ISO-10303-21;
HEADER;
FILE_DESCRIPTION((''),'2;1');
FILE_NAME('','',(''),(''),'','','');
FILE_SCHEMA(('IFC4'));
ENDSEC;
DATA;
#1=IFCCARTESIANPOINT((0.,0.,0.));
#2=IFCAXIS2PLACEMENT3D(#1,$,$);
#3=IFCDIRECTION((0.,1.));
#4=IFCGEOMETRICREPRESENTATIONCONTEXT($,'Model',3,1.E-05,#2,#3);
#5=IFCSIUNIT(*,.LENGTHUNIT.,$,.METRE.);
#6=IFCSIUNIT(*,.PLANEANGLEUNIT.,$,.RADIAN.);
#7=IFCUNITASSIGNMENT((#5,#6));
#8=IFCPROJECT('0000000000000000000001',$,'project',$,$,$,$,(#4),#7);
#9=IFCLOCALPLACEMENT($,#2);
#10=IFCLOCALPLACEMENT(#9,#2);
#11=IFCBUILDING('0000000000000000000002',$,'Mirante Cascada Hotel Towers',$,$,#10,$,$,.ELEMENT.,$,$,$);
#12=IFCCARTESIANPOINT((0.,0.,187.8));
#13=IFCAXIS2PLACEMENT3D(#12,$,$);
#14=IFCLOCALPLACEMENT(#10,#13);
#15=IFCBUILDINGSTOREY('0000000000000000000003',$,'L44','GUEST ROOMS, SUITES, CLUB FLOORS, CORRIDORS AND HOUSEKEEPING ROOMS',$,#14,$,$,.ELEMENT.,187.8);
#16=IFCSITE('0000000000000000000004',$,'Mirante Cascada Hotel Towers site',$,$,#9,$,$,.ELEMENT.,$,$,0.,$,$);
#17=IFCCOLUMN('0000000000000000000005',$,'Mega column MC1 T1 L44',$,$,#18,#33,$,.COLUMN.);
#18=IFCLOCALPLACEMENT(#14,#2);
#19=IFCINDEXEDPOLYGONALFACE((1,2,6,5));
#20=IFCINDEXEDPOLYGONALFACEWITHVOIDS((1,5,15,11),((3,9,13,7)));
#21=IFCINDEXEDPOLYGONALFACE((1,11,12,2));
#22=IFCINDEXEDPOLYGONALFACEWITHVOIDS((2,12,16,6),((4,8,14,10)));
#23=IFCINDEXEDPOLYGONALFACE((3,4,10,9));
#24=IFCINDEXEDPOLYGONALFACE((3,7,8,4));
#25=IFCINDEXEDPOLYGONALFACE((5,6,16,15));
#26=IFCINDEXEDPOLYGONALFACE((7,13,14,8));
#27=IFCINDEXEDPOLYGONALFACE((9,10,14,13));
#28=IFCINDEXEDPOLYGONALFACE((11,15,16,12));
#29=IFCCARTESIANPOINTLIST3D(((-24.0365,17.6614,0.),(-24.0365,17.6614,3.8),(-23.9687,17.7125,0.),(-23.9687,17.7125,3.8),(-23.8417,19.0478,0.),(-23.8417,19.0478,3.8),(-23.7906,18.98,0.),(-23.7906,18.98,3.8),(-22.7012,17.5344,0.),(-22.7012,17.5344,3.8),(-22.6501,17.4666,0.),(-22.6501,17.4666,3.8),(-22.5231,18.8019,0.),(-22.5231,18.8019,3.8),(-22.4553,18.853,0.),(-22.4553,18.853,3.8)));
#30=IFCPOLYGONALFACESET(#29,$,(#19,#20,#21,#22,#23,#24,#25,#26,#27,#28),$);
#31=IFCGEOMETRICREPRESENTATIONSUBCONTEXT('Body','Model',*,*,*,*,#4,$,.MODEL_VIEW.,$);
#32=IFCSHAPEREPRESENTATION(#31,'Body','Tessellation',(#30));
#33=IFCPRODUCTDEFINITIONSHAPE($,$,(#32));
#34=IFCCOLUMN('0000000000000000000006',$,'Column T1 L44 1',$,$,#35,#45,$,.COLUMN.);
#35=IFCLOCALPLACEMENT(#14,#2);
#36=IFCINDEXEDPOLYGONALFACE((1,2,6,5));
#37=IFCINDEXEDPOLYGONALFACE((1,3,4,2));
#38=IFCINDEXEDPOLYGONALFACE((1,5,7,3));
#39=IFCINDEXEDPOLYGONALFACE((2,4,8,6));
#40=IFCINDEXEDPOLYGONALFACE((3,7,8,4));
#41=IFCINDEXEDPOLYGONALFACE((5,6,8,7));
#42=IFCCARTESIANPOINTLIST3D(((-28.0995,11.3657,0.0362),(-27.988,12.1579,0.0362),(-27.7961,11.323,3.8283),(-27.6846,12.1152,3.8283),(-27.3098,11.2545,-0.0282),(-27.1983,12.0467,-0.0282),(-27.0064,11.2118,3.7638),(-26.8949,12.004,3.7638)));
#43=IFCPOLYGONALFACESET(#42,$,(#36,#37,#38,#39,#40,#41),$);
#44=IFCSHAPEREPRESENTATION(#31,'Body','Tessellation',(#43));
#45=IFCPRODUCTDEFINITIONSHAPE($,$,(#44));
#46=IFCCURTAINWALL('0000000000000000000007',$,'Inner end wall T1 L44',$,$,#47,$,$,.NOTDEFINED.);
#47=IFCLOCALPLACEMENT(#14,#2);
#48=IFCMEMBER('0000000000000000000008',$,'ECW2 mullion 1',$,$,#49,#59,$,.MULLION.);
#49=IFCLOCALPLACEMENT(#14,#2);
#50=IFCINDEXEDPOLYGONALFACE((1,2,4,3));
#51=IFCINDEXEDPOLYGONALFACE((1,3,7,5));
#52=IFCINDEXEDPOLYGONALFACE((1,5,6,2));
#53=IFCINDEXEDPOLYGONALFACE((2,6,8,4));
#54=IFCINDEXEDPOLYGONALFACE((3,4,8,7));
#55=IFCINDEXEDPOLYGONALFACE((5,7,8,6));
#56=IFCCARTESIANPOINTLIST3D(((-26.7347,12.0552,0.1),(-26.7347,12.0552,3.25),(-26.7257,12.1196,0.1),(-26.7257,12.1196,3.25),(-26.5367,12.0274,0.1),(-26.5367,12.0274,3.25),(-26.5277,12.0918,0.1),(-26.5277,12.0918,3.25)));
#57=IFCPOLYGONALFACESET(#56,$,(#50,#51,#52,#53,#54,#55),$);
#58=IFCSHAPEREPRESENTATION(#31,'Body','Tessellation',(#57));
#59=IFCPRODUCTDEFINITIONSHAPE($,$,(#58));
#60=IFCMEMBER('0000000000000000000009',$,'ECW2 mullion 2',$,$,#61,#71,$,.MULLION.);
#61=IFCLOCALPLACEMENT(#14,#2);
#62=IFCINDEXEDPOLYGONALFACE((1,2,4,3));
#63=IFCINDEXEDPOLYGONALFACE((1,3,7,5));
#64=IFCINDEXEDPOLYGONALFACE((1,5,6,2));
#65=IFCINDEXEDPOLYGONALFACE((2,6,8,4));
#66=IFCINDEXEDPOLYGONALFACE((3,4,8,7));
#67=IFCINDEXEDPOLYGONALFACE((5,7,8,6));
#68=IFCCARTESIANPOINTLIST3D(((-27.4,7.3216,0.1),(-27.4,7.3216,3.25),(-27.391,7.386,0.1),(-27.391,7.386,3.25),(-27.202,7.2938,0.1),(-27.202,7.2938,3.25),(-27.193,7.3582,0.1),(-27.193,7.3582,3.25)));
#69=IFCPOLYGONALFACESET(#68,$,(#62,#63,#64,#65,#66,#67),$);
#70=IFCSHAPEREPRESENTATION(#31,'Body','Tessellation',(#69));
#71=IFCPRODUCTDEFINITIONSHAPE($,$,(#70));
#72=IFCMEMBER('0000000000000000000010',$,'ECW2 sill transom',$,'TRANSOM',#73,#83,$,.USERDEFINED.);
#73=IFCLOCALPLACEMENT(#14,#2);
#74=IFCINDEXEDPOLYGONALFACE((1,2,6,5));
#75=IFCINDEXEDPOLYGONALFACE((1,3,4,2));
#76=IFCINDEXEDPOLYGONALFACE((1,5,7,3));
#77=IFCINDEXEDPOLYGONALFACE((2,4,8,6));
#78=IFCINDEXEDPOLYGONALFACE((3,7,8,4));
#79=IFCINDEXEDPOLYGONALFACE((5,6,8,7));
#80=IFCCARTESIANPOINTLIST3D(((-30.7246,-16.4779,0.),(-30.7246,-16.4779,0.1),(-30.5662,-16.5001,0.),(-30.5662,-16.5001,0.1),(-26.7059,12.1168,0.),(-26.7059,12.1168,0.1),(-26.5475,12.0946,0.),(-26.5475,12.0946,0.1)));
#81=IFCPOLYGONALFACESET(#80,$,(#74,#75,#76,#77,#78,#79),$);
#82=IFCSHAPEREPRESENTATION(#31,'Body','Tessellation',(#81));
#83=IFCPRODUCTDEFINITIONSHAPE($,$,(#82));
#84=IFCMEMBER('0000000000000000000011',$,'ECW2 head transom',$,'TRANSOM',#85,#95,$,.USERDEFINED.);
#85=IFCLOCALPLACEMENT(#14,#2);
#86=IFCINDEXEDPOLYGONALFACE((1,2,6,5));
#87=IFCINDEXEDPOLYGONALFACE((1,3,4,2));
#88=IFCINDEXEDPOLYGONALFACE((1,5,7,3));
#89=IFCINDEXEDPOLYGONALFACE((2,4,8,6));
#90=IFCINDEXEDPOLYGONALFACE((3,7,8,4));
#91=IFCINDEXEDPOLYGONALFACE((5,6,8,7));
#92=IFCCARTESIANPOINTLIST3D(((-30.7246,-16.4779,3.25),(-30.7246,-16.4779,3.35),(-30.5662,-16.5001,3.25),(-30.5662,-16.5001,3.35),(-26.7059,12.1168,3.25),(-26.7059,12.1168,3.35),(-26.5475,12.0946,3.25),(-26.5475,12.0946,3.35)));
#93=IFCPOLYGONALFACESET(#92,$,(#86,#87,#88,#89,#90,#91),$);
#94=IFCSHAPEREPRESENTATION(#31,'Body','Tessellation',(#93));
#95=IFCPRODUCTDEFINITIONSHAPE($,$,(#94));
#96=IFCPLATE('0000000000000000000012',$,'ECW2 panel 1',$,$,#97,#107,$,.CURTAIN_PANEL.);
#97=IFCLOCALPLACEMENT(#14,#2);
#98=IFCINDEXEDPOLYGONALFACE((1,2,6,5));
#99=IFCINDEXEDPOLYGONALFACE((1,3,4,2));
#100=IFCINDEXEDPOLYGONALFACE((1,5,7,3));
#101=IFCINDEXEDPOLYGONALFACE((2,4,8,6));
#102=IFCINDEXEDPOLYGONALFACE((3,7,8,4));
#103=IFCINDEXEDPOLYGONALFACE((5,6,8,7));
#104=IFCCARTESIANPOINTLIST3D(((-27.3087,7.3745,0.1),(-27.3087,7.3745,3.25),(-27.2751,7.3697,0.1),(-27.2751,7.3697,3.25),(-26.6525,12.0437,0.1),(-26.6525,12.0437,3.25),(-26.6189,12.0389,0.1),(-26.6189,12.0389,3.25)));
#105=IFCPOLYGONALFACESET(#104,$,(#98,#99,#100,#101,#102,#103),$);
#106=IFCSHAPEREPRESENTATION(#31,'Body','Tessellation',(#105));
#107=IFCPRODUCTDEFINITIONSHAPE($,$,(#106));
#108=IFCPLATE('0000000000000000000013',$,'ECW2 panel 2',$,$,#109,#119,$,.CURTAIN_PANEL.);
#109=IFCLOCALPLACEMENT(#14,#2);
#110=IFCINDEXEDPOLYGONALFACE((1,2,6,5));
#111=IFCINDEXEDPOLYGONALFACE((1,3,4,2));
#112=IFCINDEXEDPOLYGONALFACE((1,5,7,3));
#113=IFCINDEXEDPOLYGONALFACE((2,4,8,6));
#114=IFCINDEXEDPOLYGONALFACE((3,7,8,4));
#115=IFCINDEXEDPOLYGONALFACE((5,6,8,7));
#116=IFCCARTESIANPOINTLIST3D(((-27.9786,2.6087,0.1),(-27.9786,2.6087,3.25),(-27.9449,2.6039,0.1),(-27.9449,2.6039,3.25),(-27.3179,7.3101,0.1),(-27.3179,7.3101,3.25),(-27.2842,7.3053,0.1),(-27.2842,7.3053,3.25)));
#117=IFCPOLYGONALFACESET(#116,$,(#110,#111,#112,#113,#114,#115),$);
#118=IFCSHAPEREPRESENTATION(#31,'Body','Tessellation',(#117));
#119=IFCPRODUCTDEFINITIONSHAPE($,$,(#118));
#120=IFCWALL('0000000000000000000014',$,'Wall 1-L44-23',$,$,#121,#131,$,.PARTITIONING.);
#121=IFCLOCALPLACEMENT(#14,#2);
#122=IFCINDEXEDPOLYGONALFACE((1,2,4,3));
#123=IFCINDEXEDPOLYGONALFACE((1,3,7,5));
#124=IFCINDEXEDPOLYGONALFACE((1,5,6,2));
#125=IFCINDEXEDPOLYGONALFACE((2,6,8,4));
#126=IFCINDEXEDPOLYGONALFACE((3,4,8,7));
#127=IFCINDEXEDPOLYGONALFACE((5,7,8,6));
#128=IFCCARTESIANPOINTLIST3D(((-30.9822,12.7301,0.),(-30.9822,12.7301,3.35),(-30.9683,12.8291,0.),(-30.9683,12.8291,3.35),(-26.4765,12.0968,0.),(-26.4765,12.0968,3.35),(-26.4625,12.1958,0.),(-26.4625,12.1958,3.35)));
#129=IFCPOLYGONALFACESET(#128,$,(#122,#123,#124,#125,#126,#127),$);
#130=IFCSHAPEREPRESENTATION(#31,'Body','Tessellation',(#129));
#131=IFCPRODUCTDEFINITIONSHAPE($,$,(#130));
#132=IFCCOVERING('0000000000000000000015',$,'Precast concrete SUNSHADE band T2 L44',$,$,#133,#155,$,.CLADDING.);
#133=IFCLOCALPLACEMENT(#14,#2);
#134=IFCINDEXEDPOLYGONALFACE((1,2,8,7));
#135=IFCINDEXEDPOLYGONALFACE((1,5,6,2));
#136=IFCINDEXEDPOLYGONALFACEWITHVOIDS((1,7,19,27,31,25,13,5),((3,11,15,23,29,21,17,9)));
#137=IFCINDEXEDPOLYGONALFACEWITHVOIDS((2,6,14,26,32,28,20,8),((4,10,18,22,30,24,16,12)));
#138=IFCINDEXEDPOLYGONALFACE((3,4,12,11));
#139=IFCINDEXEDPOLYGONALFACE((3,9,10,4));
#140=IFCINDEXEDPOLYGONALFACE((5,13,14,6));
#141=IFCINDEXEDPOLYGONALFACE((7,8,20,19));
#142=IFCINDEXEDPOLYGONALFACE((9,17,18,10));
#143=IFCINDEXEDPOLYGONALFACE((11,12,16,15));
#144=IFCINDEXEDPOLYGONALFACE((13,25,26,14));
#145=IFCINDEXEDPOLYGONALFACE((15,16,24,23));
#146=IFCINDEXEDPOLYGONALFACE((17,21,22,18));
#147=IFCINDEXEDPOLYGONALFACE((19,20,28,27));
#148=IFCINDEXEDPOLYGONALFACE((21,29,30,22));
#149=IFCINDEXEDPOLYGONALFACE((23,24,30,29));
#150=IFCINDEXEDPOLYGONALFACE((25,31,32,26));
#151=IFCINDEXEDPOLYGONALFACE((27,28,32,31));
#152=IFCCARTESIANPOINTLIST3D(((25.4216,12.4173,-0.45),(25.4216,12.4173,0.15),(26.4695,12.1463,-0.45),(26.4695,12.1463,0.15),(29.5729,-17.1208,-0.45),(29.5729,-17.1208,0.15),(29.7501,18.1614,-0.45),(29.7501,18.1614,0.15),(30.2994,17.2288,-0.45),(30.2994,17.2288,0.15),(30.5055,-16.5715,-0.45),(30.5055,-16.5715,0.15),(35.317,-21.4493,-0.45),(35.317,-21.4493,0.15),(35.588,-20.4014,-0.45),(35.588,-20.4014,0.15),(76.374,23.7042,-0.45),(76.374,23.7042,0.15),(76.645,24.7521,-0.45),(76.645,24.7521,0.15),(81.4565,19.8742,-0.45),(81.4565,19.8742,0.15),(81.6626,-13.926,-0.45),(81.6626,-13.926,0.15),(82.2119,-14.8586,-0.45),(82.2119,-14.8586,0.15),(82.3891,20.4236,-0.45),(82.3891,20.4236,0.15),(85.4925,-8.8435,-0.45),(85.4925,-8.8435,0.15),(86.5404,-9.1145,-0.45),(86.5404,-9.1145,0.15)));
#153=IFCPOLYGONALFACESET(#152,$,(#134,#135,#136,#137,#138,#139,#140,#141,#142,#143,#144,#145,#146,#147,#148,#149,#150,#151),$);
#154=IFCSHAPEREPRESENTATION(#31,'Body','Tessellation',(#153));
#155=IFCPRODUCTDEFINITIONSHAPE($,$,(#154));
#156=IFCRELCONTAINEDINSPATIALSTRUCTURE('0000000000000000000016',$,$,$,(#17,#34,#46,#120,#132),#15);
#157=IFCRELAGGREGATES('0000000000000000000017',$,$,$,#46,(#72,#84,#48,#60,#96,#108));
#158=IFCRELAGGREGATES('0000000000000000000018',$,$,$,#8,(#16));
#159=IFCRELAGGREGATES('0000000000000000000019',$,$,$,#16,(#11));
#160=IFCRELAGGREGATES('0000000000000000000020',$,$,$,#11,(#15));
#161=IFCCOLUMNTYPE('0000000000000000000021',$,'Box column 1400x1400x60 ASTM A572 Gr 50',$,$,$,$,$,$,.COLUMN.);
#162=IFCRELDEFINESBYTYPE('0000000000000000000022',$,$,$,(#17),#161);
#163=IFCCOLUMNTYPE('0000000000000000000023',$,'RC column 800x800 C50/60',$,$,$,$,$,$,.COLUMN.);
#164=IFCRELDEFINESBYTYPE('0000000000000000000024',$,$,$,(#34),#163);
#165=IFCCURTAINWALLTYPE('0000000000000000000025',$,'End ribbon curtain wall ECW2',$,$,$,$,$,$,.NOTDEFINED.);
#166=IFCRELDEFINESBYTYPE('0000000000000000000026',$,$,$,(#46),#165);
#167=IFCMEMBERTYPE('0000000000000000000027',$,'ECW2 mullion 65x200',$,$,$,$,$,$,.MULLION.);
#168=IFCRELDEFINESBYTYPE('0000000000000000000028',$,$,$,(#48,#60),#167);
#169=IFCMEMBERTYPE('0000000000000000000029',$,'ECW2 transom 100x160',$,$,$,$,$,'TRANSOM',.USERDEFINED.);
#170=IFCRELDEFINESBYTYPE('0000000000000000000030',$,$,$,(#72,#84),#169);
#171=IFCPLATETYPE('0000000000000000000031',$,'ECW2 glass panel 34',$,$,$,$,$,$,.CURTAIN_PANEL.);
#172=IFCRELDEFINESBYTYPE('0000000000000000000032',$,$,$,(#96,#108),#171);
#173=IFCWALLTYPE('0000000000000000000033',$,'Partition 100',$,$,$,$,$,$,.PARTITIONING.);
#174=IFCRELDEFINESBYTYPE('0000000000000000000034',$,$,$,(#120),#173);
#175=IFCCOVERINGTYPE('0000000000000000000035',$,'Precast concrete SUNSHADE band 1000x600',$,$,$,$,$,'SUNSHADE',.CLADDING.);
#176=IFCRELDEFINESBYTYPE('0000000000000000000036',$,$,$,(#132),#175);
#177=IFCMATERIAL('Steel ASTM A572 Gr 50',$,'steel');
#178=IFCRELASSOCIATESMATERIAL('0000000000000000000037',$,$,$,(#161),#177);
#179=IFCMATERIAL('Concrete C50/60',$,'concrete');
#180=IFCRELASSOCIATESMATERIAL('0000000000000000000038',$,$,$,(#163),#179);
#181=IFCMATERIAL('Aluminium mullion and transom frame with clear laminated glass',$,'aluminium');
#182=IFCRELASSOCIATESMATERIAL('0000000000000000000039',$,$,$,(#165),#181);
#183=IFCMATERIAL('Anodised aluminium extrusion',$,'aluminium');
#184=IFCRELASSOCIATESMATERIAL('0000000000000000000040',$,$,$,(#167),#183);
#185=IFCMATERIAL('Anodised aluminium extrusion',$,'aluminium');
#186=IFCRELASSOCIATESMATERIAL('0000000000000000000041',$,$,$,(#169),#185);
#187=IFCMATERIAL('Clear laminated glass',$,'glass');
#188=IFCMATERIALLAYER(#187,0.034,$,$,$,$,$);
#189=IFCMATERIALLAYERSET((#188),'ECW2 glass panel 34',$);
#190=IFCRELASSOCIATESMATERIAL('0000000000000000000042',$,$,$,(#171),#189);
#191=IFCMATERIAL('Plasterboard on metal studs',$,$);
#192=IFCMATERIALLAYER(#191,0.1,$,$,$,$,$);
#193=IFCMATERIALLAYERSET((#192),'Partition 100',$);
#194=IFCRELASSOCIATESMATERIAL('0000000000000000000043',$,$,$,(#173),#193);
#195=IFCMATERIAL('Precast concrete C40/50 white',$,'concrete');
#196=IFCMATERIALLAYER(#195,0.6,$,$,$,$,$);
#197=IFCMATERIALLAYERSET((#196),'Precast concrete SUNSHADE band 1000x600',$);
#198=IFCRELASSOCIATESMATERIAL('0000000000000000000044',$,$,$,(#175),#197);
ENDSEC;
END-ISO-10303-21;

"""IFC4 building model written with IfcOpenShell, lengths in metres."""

from ifc_helpers import new_model, si_unit, direction, frame, frame_2d, origin, origin_2d, place, context, subcontext, project, spatial, polyline, rectangle, hollow_rectangle, outline, extrude, material, layer, layer_set, material_profile, profile_set, type_object, element, aggregate, save


model = new_model("IFC4")

# Units and contexts
model_context = context("Model", 3, precision=1e-05, world=origin(), true_north=direction((0.0, 1.0)))
body_context = subcontext(model_context, "Body", "Model", "MODEL_VIEW")
ifc_project = project(units=[si_unit("LENGTHUNIT", "METRE"), si_unit("PLANEANGLEUNIT", "RADIAN")], contexts=[model_context])

# Site, building, storey
site_placement = place(None, origin())
site = spatial("IfcSite", under=ifc_project, at=site_placement, Name="Mirante Cascada Hotel Towers site", CompositionType="ELEMENT", RefElevation=0.0)
building_placement = place(site_placement, origin())
building = spatial("IfcBuilding", under=site, at=building_placement, Name="Mirante Cascada Hotel Towers", CompositionType="ELEMENT")
storey_placement = place(building_placement, frame((0.0, 0.0, 187.8)))
storey = spatial("IfcBuildingStorey", under=building, at=storey_placement, Name="L44", Description="GUEST ROOMS, SUITES, CLUB FLOORS, CORRIDORS AND HOUSEKEEPING ROOMS", CompositionType="ELEMENT", Elevation=187.8)

# Columns
ifc_material_1 = material(Name="Steel ASTM A572 Gr 50", Category="steel")
ifc_material_profile_1 = material_profile(ifc_material_1, hollow_rectangle(XDim=1.4, YDim=1.4, WallThickness=0.06, at=origin_2d()), Name="Box column 1400x1400x60 ASTM A572 Gr 50")
ifc_profile_set_1 = profile_set([ifc_material_profile_1], Name="Steel ASTM A572 Gr 50")
column_type_1 = type_object("IfcColumnType", Name="Box column 1400x1400x60 ASTM A572 Gr 50", PredefinedType="COLUMN", material=ifc_profile_set_1)
column_1_placement = place(storey_placement, frame((-23.2459, 18.2572, 0.0), z_axis=(0.0, 0.0, 1.0), x_axis=(-0.990268, 0.139173, 0.0)))
element("IfcColumn", 1, at=column_1_placement, inside=storey, type_object=column_type_1, Name="Mega column MC1 T1 L44", PredefinedType="COLUMN", context=body_context, shape_type="SweptSolid", body=[
    extrude(hollow_rectangle(XDim=1.4, YDim=1.4, WallThickness=0.06, at=origin_2d()), origin(), (0.0, 0.0, 1.0), 3.8),
])
ifc_material_2 = material(Name="Concrete C50/60", Category="concrete")
ifc_material_profile_2 = material_profile(ifc_material_2, rectangle(XDim=0.8, YDim=0.8, at=origin_2d()), Name="RC column 800x800 C50/60")
ifc_profile_set_2 = profile_set([ifc_material_profile_2], Name="Concrete C50/60")
column_type_2 = type_object("IfcColumnType", Name="RC column 800x800 C50/60", PredefinedType="COLUMN", material=ifc_profile_set_2)
column_2_placement = place(storey_placement, frame((-27.6489, 11.7062, 0.004), z_axis=(0.079751, -0.011224, 0.996752), x_axis=(0.139365, 0.990241, 0.0)))
element("IfcColumn", 2, at=column_2_placement, inside=storey, type_object=column_type_2, Name="Column T1 L44 1", PredefinedType="COLUMN", context=body_context, shape_type="SweptSolid", body=[
    extrude(rectangle(XDim=0.8, YDim=0.8, at=origin_2d()), origin(), (0.0, 0.0, 1.0), 3.8044),
])

# Curtain wall, members, plates
ifc_material_3 = material(Name="Aluminium mullion and transom frame with clear laminated glass", Category="aluminium")
curtain_wall_type = type_object("IfcCurtainWallType", Name="End ribbon curtain wall ECW2", PredefinedType="NOTDEFINED", material=ifc_material_3)
curtain_wall_placement = place(storey_placement, origin())
curtain_wall = element("IfcCurtainWall", 3, at=curtain_wall_placement, inside=storey, type_object=curtain_wall_type, Name="Inner end wall T1 L44", PredefinedType="NOTDEFINED")
ifc_material_4 = material(Name="Anodised aluminium extrusion", Category="aluminium")
ifc_material_profile_3 = material_profile(ifc_material_4, rectangle(XDim=0.2, YDim=0.065, at=origin_2d()), Name="ECW2 MULLION 65x200")
ifc_profile_set_3 = profile_set([ifc_material_profile_3], Name="Anodised aluminium extrusion")
member_type_1 = type_object("IfcMemberType", Name="ECW2 mullion 65x200", PredefinedType="MULLION", material=ifc_profile_set_3)
member_1_placement = place(storey_placement, frame((-26.6312, 12.0735, 0.1), z_axis=(0.0, 0.0, 1.0), x_axis=(0.990268, -0.139173, 0.0)))
member_1 = element("IfcMember", 4, at=member_1_placement, type_object=member_type_1, Name="ECW2 mullion 1", PredefinedType="MULLION", context=body_context, shape_type="SweptSolid", body=[
    extrude(rectangle(XDim=0.2, YDim=0.065, at=origin_2d()), origin(), (0.0, 0.0, 1.0), 3.15),
])
member_2_placement = place(storey_placement, frame((-27.2965, 7.3399, 0.1), z_axis=(0.0, 0.0, 1.0), x_axis=(0.990268, -0.139173, 0.0)))
member_2 = element("IfcMember", 5, at=member_2_placement, type_object=member_type_1, Name="ECW2 mullion 2", PredefinedType="MULLION", context=body_context, shape_type="SweptSolid", body=[
    extrude(rectangle(XDim=0.2, YDim=0.065, at=origin_2d()), origin(), (0.0, 0.0, 1.0), 3.15),
])
ifc_material_5 = material(Name="Anodised aluminium extrusion", Category="aluminium")
ifc_material_profile_4 = material_profile(ifc_material_5, rectangle(XDim=0.16, YDim=0.1, at=origin_2d()), Name="ECW2 TRANSOM 100x160")
ifc_profile_set_4 = profile_set([ifc_material_profile_4], Name="Anodised aluminium extrusion")
member_type_2 = type_object("IfcMemberType", Name="ECW2 transom 100x160", ElementType="TRANSOM", PredefinedType="USERDEFINED", material=ifc_profile_set_4)
member_3_placement = place(storey_placement, frame((-26.6267, 12.1057, 0.05), z_axis=(-0.139172, -0.990268, 0.0), x_axis=(0.990268, -0.139172, 0.0)))
member_3 = element("IfcMember", 6, at=member_3_placement, type_object=member_type_2, Name="ECW2 sill transom", ObjectType="TRANSOM", PredefinedType="USERDEFINED", context=body_context, shape_type="SweptSolid", body=[
    extrude(rectangle(XDim=0.16, YDim=0.1, at=origin_2d()), origin(), (0.0, 0.0, 1.0), 28.8757),
])
member_4_placement = place(storey_placement, frame((-26.6267, 12.1057, 3.3), z_axis=(-0.139172, -0.990268, 0.0), x_axis=(0.990268, -0.139172, 0.0)))
member_4 = element("IfcMember", 7, at=member_4_placement, type_object=member_type_2, Name="ECW2 head transom", ObjectType="TRANSOM", PredefinedType="USERDEFINED", context=body_context, shape_type="SweptSolid", body=[
    extrude(rectangle(XDim=0.16, YDim=0.1, at=origin_2d()), origin(), (0.0, 0.0, 1.0), 28.8757),
])
ifc_material_6 = material(Name="Clear laminated glass", Category="glass")
ifc_layer_1 = layer(ifc_material_6, 0.034)
ifc_layer_set_1 = layer_set([ifc_layer_1], Name="ECW2 glass panel 34")
plate_type = type_object("IfcPlateType", Name="ECW2 glass panel 34", PredefinedType="CURTAIN_PANEL", material=ifc_layer_set_1)
plate_1_placement = place(storey_placement, frame((-26.9638, 9.7067, 0.1), z_axis=(0.0, 0.0, 1.0), x_axis=(-0.139173, -0.990268, 0.0)))
plate_1 = element("IfcPlate", 8, at=plate_1_placement, type_object=plate_type, Name="ECW2 panel 1", PredefinedType="CURTAIN_PANEL", context=body_context, shape_type="SweptSolid", body=[
    extrude(rectangle(XDim=4.7151, YDim=0.034, at=origin_2d()), origin(), (0.0, 0.0, 1.0), 3.15),
])
plate_2_placement = place(storey_placement, frame((-27.6314, 4.957, 0.1), z_axis=(0.0, 0.0, 1.0), x_axis=(-0.139173, -0.990268, 0.0)))
plate_2 = element("IfcPlate", 9, at=plate_2_placement, type_object=plate_type, Name="ECW2 panel 2", PredefinedType="CURTAIN_PANEL", context=body_context, shape_type="SweptSolid", body=[
    extrude(rectangle(XDim=4.7476, YDim=0.034, at=origin_2d()), origin(), (0.0, 0.0, 1.0), 3.15),
])
aggregate(curtain_wall, [member_3, member_4, member_1, member_2, plate_1, plate_2])

# Wall
ifc_material_7 = material(Name="Plasterboard on metal studs")
ifc_layer_2 = layer(ifc_material_7, 0.1)
ifc_layer_set_2 = layer_set([ifc_layer_2], Name="Partition 100")
wall_type = type_object("IfcWallType", Name="Partition 100", PredefinedType="PARTITIONING", material=ifc_layer_set_2)
wall_placement = place(storey_placement, frame((-26.4695, 12.1463, 0.0), z_axis=(0.0, 0.0, 1.0), x_axis=(-0.990266, 0.139187, 0.0)))
element("IfcWall", 10, at=wall_placement, inside=storey, type_object=wall_type, Name="Wall 1-L44-23", PredefinedType="PARTITIONING", context=body_context, shape_type="SweptSolid", body=[
    extrude(rectangle(XDim=4.55, YDim=0.1, at=frame_2d((2.275, 0.0))), origin(), (0.0, 0.0, 1.0), 3.35),
])

# Covering
ifc_material_8 = material(Name="Precast concrete C40/50 white", Category="concrete")
ifc_layer_3 = layer(ifc_material_8, 0.6)
ifc_layer_set_3 = layer_set([ifc_layer_3], Name="Precast concrete SUNSHADE band 1000x600")
covering_type = type_object("IfcCoveringType", Name="Precast concrete SUNSHADE band 1000x600", ElementType="SUNSHADE", PredefinedType="CLADDING", material=ifc_layer_set_3)
covering_placement = place(storey_placement, frame((0.0, 0.0, -0.45)))
element("IfcCovering", 11, at=covering_placement, inside=storey, type_object=covering_type, Name="Precast concrete SUNSHADE band T2 L44", PredefinedType="CLADDING", context=body_context, shape_type="SweptSolid", body=[
    extrude(outline(polyline([(25.4216, 12.4173), (29.7501, 18.1614), (76.645, 24.7521), (82.3891, 20.4236), (86.5404, -9.1145), (82.2119, -14.8586), (35.317, -21.4493), (29.5729, -17.1208), (25.4216, 12.4173)]), holes=[polyline([(85.4925, -8.8435), (81.4565, 19.8742), (76.374, 23.7042), (30.2994, 17.2288), (26.4695, 12.1463), (30.5055, -16.5715), (35.588, -20.4014), (81.6626, -13.926), (85.4925, -8.8435)])]), origin(), (0.0, 0.0, 1.0), 0.6),
])

save(model, "model.ifc")
